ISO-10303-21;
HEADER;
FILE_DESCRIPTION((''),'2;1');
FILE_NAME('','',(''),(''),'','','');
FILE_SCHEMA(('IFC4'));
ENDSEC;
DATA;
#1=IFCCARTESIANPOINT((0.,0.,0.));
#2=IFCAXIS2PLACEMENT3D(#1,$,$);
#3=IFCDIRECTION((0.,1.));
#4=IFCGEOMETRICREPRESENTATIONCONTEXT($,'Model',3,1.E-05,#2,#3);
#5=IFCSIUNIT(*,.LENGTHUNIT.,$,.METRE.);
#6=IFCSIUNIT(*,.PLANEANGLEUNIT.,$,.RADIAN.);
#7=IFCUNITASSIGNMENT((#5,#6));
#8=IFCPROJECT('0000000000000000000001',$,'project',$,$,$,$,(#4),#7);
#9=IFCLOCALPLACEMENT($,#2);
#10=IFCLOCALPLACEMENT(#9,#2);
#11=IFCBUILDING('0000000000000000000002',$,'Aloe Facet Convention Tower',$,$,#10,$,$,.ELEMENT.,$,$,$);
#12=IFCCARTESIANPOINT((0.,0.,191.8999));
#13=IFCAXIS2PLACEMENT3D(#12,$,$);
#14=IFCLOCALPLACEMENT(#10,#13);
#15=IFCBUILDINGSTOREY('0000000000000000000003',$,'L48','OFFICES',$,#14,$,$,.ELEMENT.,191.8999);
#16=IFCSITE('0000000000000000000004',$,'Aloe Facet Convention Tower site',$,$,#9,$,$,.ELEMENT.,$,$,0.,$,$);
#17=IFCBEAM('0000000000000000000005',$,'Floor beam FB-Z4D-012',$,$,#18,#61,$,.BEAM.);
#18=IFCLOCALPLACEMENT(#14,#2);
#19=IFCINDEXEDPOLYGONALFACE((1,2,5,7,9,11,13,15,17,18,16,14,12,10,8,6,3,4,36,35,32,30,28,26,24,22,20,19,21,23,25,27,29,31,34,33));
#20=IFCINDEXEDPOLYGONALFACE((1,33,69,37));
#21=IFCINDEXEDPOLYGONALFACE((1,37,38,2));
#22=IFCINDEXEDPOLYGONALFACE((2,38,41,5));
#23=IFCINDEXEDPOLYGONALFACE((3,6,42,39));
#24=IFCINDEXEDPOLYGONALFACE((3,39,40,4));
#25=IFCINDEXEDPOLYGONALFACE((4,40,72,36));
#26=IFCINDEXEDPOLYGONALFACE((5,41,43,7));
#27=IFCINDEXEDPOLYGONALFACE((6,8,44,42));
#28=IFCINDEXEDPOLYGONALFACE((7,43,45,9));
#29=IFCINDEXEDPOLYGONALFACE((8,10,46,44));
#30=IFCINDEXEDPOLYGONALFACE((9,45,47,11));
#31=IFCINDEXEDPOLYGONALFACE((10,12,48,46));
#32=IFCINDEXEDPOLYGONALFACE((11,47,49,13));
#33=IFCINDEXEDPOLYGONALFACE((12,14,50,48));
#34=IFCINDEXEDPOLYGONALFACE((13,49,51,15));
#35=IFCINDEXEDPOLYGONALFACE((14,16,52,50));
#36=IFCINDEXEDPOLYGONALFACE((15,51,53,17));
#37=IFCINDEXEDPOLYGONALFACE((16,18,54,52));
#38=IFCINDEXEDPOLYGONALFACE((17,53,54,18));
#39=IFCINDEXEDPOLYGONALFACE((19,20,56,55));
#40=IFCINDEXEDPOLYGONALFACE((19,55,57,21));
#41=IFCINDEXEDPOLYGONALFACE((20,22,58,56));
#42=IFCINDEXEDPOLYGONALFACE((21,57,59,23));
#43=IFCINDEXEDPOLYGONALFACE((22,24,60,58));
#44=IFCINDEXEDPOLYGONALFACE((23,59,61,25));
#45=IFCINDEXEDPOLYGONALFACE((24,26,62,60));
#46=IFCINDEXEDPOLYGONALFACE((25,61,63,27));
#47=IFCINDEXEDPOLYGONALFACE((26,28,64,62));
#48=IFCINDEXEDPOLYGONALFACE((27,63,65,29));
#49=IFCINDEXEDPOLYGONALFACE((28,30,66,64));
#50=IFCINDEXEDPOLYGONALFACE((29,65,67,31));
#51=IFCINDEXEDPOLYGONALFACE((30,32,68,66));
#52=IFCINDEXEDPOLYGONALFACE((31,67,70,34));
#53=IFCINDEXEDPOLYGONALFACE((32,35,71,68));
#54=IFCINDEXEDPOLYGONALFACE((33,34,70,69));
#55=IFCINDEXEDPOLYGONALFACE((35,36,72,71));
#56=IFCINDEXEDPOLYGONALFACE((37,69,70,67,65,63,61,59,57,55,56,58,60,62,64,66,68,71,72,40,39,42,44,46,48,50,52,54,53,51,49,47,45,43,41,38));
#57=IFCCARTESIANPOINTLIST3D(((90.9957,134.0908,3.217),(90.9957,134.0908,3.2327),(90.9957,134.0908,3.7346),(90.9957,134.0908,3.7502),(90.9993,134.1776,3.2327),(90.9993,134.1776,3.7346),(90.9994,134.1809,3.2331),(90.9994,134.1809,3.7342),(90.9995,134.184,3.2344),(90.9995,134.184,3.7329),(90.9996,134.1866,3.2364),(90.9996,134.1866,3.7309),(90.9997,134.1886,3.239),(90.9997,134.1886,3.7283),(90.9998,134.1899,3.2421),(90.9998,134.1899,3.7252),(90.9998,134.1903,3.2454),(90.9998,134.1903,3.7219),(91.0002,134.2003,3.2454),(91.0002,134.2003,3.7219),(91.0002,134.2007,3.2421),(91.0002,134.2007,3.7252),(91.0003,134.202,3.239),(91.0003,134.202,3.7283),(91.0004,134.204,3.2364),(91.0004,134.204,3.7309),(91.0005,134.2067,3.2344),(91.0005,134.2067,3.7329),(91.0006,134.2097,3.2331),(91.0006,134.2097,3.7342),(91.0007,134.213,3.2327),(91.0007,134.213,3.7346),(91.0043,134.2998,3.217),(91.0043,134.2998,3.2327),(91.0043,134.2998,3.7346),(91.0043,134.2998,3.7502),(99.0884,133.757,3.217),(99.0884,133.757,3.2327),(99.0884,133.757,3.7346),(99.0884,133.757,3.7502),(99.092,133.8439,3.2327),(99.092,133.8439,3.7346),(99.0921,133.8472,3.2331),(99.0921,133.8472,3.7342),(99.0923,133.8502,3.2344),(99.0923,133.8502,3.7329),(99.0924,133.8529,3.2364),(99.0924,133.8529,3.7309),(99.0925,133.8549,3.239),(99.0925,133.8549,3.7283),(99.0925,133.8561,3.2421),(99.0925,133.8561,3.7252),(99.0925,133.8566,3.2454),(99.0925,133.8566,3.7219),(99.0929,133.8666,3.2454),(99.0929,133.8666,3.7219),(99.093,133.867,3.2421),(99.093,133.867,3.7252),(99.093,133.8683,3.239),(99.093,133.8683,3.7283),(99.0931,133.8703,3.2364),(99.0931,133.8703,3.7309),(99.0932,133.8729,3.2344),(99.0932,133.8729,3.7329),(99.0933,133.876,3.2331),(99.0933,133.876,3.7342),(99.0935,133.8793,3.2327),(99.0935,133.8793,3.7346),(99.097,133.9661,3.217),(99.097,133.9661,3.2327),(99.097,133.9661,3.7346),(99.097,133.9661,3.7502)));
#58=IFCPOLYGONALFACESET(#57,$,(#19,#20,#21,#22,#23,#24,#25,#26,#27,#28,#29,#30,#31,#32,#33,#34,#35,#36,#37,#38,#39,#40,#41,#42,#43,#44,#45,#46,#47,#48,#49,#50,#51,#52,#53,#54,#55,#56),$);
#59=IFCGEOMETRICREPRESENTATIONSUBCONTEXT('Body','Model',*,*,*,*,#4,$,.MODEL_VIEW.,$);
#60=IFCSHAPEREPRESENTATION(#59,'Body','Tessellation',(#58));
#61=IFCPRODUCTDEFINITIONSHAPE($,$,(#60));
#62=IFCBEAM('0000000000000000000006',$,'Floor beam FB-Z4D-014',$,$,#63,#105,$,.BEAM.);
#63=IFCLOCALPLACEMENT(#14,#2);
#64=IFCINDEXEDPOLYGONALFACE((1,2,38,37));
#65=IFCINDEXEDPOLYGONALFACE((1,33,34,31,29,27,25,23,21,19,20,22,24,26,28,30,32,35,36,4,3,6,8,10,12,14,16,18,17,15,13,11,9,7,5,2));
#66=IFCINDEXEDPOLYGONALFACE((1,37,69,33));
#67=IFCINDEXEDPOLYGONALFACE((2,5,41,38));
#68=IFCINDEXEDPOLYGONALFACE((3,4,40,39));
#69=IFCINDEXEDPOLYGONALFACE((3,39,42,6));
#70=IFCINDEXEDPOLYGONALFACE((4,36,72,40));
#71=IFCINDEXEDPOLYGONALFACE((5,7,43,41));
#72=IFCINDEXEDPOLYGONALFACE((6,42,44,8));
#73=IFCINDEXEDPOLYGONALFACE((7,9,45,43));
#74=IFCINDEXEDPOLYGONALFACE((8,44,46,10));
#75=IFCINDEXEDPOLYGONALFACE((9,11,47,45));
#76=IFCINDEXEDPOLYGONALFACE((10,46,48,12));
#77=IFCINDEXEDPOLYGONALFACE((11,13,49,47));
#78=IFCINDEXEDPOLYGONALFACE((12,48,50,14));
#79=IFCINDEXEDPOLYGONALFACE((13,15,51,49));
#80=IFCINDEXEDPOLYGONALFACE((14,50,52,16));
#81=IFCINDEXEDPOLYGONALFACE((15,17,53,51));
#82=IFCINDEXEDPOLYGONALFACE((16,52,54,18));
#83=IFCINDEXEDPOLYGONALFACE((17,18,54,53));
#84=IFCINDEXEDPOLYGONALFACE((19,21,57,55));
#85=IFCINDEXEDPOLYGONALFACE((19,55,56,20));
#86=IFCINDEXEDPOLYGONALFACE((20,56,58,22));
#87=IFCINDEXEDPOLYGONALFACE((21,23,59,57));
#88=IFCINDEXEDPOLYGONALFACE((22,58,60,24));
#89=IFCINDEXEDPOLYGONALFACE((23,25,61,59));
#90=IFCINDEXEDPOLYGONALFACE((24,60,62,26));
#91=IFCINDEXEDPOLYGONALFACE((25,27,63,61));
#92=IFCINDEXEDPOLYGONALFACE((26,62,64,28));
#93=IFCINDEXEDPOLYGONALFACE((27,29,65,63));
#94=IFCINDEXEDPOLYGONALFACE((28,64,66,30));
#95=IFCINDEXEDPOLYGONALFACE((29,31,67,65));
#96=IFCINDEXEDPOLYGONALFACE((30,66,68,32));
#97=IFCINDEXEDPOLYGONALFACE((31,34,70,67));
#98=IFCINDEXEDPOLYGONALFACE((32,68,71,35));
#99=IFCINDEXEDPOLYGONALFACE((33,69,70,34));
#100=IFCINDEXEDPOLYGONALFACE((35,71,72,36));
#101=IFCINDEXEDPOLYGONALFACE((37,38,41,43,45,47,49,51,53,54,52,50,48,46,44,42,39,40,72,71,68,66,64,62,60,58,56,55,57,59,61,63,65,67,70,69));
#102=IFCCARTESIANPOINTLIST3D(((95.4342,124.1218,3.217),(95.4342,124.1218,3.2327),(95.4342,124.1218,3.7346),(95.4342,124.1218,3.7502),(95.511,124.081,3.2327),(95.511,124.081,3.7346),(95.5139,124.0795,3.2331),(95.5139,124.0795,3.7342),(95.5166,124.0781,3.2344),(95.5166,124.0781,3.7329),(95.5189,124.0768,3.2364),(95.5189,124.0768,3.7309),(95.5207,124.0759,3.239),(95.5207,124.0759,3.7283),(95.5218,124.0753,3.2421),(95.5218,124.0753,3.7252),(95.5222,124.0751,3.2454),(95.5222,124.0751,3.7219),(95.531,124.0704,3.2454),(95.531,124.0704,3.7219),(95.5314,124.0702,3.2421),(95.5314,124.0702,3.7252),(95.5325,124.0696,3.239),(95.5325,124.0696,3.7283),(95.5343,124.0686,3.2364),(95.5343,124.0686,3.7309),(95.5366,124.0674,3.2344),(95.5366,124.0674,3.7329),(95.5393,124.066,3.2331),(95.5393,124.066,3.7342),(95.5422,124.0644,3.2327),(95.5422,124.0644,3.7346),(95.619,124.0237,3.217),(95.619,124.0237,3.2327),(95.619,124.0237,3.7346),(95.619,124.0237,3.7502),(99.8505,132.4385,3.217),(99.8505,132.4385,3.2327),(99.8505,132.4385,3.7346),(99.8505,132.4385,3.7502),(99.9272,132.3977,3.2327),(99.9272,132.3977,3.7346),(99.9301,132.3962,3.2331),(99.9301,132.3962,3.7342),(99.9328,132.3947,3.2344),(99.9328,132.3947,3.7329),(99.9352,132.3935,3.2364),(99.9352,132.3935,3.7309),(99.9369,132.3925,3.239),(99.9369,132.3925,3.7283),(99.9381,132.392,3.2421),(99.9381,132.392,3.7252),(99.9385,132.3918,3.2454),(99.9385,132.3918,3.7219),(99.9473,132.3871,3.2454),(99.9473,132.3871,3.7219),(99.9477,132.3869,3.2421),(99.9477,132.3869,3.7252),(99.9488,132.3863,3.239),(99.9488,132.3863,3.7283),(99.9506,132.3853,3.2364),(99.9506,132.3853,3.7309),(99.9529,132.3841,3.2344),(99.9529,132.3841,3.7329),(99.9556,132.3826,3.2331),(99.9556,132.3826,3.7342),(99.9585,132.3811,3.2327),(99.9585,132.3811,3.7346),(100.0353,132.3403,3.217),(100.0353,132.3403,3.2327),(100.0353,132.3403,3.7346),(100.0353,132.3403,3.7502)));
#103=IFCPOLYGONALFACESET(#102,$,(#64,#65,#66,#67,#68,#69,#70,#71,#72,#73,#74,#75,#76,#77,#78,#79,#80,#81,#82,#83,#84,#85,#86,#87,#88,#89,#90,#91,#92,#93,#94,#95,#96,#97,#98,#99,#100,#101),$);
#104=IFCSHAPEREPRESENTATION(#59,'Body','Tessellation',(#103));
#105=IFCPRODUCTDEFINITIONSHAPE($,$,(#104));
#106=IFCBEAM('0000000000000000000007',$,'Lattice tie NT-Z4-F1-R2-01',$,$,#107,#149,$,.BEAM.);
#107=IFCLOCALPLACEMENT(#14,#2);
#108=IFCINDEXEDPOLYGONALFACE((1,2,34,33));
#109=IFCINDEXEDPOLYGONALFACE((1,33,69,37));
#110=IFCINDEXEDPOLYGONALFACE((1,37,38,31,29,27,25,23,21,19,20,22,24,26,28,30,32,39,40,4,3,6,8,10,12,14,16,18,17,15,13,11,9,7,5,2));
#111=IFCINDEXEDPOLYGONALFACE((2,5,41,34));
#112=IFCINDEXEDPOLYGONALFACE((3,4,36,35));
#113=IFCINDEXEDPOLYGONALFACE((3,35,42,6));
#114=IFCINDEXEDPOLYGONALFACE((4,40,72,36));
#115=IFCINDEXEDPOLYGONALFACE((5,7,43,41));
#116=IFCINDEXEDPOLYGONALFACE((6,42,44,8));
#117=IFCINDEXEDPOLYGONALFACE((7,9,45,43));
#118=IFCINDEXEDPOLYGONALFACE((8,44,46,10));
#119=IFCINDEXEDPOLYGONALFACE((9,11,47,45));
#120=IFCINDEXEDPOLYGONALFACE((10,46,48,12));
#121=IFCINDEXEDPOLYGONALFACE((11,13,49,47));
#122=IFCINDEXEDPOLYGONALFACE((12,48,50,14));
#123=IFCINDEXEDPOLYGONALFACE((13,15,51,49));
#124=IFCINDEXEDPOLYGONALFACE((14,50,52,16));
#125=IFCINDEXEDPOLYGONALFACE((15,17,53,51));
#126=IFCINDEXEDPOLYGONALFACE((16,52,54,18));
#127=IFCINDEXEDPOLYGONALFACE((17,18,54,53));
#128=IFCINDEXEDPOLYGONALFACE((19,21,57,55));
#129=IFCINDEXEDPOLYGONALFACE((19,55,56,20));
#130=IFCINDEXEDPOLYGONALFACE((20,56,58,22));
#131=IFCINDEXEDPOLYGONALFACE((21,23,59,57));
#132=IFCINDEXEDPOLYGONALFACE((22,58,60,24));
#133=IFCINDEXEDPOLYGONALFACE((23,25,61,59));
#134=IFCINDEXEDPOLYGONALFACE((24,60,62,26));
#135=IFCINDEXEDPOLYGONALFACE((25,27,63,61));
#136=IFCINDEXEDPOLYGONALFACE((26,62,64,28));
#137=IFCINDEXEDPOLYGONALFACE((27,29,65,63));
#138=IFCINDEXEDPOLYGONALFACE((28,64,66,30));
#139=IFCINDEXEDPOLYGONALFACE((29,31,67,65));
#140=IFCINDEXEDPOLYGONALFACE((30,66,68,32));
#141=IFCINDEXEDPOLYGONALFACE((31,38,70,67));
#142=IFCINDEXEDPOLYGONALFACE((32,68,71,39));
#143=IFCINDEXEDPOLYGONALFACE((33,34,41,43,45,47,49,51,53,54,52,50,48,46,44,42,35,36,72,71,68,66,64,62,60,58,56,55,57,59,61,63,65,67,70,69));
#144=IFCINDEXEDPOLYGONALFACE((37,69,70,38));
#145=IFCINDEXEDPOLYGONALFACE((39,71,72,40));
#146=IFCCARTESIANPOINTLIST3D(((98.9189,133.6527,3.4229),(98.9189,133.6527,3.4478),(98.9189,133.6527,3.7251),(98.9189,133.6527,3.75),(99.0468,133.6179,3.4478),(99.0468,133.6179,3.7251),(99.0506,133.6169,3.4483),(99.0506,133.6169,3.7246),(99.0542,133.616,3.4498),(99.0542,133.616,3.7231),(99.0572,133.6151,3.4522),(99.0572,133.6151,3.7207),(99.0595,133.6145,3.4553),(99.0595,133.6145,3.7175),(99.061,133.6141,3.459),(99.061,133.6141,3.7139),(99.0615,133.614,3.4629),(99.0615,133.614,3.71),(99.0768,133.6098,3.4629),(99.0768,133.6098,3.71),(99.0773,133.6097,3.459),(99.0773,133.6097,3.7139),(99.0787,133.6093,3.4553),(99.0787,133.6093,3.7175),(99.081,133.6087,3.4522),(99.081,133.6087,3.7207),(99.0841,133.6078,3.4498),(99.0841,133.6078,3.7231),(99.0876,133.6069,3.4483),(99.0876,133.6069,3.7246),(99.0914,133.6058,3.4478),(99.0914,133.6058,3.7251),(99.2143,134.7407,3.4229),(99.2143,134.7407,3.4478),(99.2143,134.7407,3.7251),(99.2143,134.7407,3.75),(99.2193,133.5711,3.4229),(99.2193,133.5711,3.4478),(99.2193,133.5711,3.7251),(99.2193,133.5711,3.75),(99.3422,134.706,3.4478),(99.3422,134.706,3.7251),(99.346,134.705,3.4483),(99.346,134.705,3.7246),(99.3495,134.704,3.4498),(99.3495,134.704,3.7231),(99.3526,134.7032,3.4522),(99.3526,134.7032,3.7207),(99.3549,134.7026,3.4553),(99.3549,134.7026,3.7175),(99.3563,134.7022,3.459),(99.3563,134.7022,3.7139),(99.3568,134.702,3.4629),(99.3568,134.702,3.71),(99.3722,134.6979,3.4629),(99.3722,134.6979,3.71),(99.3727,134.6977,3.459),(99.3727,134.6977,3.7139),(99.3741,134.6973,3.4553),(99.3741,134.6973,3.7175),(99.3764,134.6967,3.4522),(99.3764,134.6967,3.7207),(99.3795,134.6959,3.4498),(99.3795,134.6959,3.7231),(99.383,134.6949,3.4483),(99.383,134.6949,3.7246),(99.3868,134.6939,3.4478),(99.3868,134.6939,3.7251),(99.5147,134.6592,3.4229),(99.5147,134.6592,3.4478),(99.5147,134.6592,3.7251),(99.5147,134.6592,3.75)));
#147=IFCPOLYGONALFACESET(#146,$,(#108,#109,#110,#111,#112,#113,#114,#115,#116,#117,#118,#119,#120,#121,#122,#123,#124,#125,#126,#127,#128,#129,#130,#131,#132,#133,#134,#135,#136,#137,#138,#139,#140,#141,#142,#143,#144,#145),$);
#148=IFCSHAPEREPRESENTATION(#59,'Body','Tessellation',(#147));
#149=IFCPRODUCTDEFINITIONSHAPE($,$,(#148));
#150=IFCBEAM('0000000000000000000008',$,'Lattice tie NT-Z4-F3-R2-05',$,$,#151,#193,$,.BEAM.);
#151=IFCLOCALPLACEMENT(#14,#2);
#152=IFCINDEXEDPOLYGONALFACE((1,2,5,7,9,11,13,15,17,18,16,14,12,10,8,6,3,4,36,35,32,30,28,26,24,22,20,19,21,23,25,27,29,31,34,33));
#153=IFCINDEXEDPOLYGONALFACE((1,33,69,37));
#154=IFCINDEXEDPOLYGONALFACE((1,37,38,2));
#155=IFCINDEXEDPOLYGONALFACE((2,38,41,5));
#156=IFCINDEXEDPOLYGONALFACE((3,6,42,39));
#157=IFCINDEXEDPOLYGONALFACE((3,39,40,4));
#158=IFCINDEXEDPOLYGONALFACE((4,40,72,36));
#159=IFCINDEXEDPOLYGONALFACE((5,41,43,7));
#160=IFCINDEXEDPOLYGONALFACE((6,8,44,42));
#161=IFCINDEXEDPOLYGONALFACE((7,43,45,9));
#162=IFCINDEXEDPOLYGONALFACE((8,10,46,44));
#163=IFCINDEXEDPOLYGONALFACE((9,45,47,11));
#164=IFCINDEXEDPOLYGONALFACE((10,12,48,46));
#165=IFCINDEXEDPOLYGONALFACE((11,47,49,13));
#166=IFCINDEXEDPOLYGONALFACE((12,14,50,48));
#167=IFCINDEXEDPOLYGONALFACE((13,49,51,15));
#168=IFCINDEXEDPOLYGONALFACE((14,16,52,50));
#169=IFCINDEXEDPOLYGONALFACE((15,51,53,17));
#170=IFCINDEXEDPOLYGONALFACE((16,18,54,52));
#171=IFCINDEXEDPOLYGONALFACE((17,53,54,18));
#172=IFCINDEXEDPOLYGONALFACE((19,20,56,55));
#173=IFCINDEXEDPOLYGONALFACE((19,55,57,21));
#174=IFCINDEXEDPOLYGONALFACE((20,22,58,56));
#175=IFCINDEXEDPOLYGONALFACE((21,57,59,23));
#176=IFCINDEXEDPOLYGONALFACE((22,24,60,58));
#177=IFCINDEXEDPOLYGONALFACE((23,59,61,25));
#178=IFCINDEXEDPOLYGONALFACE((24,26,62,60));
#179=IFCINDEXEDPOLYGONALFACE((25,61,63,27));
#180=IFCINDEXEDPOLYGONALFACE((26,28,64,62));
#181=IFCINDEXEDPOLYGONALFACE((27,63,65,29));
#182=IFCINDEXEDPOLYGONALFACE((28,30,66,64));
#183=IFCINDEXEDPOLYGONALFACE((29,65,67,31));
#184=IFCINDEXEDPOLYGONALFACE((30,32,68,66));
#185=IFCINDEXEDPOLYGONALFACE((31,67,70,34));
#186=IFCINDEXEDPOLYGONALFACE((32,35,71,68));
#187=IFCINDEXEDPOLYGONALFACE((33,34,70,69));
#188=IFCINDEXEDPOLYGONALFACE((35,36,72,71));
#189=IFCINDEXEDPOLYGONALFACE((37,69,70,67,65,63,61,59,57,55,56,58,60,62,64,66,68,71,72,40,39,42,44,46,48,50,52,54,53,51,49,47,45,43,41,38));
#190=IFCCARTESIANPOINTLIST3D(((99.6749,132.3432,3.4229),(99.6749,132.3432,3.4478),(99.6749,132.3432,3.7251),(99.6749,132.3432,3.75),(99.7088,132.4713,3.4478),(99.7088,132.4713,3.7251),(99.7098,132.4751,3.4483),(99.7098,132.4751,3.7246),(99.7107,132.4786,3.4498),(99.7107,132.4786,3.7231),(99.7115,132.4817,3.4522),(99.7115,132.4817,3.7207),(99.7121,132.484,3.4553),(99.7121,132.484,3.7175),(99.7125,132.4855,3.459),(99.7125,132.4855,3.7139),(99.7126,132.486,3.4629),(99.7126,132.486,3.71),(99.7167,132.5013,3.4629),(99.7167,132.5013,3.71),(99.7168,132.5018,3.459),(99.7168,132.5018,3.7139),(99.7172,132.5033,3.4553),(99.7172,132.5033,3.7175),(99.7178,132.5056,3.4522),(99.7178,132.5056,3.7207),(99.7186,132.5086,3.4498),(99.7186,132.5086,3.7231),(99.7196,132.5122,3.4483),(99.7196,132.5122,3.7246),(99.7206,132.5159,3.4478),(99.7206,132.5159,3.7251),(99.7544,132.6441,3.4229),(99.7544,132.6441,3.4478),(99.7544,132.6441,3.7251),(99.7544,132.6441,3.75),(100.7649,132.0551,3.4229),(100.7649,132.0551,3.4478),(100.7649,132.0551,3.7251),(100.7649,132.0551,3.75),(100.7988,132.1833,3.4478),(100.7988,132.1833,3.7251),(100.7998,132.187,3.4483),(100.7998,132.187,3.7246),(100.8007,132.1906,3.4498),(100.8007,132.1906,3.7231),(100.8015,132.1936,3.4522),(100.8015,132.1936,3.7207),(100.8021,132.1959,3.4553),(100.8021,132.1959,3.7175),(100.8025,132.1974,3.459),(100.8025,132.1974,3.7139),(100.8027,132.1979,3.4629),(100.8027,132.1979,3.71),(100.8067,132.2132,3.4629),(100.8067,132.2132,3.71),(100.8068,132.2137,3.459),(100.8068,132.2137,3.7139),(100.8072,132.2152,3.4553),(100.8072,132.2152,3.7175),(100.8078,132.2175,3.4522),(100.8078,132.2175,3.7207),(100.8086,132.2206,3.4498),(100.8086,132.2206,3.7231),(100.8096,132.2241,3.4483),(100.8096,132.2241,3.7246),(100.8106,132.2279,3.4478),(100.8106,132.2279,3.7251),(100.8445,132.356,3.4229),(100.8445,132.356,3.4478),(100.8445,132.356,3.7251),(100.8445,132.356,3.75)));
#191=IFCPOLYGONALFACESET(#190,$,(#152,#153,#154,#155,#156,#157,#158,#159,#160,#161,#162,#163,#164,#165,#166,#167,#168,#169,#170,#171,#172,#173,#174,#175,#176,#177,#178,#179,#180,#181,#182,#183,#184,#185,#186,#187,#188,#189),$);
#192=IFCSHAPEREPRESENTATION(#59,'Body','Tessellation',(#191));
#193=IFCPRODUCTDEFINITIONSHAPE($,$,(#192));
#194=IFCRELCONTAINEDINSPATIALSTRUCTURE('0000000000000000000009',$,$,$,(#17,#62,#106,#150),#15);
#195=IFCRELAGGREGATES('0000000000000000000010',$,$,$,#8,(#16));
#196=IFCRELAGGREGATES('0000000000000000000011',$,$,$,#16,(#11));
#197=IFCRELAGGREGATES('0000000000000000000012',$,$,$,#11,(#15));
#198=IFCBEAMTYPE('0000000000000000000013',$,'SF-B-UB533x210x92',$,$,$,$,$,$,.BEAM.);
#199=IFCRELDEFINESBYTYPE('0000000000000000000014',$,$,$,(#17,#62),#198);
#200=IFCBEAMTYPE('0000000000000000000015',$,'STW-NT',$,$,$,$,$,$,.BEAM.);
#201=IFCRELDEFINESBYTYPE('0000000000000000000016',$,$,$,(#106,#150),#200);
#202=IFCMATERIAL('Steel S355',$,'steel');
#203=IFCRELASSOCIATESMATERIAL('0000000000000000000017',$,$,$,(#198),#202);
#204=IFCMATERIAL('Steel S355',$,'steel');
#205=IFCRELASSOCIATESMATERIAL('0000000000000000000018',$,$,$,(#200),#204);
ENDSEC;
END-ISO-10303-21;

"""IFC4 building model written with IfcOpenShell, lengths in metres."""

from ifc_helpers import new_model, si_unit, direction, frame, origin, origin_2d, place, context, subcontext, project, spatial, i_section, extrude, material, material_profile, profile_set, type_object, element, save


model = new_model("IFC4")

# Units and contexts
model_context = context("Model", 3, precision=1e-05, world=origin(), true_north=direction((0.0, 1.0)))
body_context = subcontext(model_context, "Body", "Model", "MODEL_VIEW")
ifc_project = project(units=[si_unit("LENGTHUNIT", "METRE"), si_unit("PLANEANGLEUNIT", "RADIAN")], contexts=[model_context])

# Site, building, storey
site_placement = place(None, origin())
site = spatial("IfcSite", under=ifc_project, at=site_placement, Name="Aloe Facet Convention Tower site", CompositionType="ELEMENT", RefElevation=0.0)
building_placement = place(site_placement, origin())
building = spatial("IfcBuilding", under=site, at=building_placement, Name="Aloe Facet Convention Tower", CompositionType="ELEMENT")
storey_placement = place(building_placement, frame((0.0, 0.0, 191.8999)))
storey = spatial("IfcBuildingStorey", under=building, at=storey_placement, Name="L48", Description="OFFICES", CompositionType="ELEMENT", Elevation=191.8999)

# Beams
ifc_material_1 = material(Name="Steel S355", Category="steel")
ifc_material_profile_1 = material_profile(ifc_material_1, i_section(OverallWidth=0.2092, OverallDepth=0.5332, WebThickness=0.01, FlangeThickness=0.0156, FilletRadius=0.0127, at=origin_2d()), Name="UB 533x210x92")
ifc_profile_set_1 = profile_set([ifc_material_profile_1], Name="Steel S355")
beam_type_1 = type_object("IfcBeamType", Name="SF-B-UB533x210x92", PredefinedType="BEAM", material=ifc_profile_set_1)
beam_1_placement = place(storey_placement, frame((91.0, 134.1953, 3.4836), z_axis=(0.999151, -0.041204, 0.0), x_axis=(0.041204, 0.999151, 0.0)))
element("IfcBeam", 1, at=beam_1_placement, inside=storey, type_object=beam_type_1, Name="Floor beam FB-Z4D-012", PredefinedType="BEAM", context=body_context, shape_type="SweptSolid", body=[
    extrude(i_section(OverallWidth=0.2092, OverallDepth=0.5332, WebThickness=0.01, FlangeThickness=0.0156, FilletRadius=0.0127, at=origin_2d()), origin(), (0.0, 0.0, 1.0), 8.0996),
])
beam_2_placement = place(storey_placement, frame((99.9429, 132.3894, 3.4836), z_axis=(-0.468993, -0.883202, 0.0), x_axis=(0.883202, -0.468993, 0.0)))
element("IfcBeam", 2, at=beam_2_placement, inside=storey, type_object=beam_type_1, Name="Floor beam FB-Z4D-014", PredefinedType="BEAM", context=body_context, shape_type="SweptSolid", body=[
    extrude(i_section(OverallWidth=0.2092, OverallDepth=0.5332, WebThickness=0.01, FlangeThickness=0.0156, FilletRadius=0.0127, at=origin_2d()), origin(), (0.0, 0.0, 1.0), 9.4165),
])
ifc_material_2 = material(Name="Steel S355", Category="steel")
ifc_material_profile_2 = material_profile(ifc_material_2, i_section(OverallWidth=0.3113, OverallDepth=0.3271, WebThickness=0.0159, FlangeThickness=0.0249, FilletRadius=0.0151, at=origin_2d()), Name="UC 305x305x158")
ifc_profile_set_2 = profile_set([ifc_material_profile_2], Name="Steel S355")
beam_type_2 = type_object("IfcBeamType", Name="STW-NT", PredefinedType="BEAM", material=ifc_profile_set_2)
for number, where, z_axis, x_axis, name in (
    (3, (99.3645, 134.7, 3.5864), (-0.262, -0.965068, 0.0), (0.965068, -0.262, 0.0), "Lattice tie NT-Z4-F1-R2-01"),
    (4, (100.8047, 132.2056, 3.5864), (-0.966808, 0.255506, 0.0), (-0.255506, -0.966808, 0.0), "Lattice tie NT-Z4-F3-R2-05"),
):
    element("IfcBeam", number, at=place(storey_placement, frame(where, z_axis=z_axis, x_axis=x_axis)), inside=storey, type_object=beam_type_2, Name=name, PredefinedType="BEAM", context=body_context, shape_type="SweptSolid", body=[
        extrude(i_section(OverallWidth=0.3113, OverallDepth=0.3271, WebThickness=0.0159, FlangeThickness=0.0249, FilletRadius=0.0151, at=origin_2d()), origin(), (0.0, 0.0, 1.0), 1.1274),
    ])

save(model, "model.ifc")
